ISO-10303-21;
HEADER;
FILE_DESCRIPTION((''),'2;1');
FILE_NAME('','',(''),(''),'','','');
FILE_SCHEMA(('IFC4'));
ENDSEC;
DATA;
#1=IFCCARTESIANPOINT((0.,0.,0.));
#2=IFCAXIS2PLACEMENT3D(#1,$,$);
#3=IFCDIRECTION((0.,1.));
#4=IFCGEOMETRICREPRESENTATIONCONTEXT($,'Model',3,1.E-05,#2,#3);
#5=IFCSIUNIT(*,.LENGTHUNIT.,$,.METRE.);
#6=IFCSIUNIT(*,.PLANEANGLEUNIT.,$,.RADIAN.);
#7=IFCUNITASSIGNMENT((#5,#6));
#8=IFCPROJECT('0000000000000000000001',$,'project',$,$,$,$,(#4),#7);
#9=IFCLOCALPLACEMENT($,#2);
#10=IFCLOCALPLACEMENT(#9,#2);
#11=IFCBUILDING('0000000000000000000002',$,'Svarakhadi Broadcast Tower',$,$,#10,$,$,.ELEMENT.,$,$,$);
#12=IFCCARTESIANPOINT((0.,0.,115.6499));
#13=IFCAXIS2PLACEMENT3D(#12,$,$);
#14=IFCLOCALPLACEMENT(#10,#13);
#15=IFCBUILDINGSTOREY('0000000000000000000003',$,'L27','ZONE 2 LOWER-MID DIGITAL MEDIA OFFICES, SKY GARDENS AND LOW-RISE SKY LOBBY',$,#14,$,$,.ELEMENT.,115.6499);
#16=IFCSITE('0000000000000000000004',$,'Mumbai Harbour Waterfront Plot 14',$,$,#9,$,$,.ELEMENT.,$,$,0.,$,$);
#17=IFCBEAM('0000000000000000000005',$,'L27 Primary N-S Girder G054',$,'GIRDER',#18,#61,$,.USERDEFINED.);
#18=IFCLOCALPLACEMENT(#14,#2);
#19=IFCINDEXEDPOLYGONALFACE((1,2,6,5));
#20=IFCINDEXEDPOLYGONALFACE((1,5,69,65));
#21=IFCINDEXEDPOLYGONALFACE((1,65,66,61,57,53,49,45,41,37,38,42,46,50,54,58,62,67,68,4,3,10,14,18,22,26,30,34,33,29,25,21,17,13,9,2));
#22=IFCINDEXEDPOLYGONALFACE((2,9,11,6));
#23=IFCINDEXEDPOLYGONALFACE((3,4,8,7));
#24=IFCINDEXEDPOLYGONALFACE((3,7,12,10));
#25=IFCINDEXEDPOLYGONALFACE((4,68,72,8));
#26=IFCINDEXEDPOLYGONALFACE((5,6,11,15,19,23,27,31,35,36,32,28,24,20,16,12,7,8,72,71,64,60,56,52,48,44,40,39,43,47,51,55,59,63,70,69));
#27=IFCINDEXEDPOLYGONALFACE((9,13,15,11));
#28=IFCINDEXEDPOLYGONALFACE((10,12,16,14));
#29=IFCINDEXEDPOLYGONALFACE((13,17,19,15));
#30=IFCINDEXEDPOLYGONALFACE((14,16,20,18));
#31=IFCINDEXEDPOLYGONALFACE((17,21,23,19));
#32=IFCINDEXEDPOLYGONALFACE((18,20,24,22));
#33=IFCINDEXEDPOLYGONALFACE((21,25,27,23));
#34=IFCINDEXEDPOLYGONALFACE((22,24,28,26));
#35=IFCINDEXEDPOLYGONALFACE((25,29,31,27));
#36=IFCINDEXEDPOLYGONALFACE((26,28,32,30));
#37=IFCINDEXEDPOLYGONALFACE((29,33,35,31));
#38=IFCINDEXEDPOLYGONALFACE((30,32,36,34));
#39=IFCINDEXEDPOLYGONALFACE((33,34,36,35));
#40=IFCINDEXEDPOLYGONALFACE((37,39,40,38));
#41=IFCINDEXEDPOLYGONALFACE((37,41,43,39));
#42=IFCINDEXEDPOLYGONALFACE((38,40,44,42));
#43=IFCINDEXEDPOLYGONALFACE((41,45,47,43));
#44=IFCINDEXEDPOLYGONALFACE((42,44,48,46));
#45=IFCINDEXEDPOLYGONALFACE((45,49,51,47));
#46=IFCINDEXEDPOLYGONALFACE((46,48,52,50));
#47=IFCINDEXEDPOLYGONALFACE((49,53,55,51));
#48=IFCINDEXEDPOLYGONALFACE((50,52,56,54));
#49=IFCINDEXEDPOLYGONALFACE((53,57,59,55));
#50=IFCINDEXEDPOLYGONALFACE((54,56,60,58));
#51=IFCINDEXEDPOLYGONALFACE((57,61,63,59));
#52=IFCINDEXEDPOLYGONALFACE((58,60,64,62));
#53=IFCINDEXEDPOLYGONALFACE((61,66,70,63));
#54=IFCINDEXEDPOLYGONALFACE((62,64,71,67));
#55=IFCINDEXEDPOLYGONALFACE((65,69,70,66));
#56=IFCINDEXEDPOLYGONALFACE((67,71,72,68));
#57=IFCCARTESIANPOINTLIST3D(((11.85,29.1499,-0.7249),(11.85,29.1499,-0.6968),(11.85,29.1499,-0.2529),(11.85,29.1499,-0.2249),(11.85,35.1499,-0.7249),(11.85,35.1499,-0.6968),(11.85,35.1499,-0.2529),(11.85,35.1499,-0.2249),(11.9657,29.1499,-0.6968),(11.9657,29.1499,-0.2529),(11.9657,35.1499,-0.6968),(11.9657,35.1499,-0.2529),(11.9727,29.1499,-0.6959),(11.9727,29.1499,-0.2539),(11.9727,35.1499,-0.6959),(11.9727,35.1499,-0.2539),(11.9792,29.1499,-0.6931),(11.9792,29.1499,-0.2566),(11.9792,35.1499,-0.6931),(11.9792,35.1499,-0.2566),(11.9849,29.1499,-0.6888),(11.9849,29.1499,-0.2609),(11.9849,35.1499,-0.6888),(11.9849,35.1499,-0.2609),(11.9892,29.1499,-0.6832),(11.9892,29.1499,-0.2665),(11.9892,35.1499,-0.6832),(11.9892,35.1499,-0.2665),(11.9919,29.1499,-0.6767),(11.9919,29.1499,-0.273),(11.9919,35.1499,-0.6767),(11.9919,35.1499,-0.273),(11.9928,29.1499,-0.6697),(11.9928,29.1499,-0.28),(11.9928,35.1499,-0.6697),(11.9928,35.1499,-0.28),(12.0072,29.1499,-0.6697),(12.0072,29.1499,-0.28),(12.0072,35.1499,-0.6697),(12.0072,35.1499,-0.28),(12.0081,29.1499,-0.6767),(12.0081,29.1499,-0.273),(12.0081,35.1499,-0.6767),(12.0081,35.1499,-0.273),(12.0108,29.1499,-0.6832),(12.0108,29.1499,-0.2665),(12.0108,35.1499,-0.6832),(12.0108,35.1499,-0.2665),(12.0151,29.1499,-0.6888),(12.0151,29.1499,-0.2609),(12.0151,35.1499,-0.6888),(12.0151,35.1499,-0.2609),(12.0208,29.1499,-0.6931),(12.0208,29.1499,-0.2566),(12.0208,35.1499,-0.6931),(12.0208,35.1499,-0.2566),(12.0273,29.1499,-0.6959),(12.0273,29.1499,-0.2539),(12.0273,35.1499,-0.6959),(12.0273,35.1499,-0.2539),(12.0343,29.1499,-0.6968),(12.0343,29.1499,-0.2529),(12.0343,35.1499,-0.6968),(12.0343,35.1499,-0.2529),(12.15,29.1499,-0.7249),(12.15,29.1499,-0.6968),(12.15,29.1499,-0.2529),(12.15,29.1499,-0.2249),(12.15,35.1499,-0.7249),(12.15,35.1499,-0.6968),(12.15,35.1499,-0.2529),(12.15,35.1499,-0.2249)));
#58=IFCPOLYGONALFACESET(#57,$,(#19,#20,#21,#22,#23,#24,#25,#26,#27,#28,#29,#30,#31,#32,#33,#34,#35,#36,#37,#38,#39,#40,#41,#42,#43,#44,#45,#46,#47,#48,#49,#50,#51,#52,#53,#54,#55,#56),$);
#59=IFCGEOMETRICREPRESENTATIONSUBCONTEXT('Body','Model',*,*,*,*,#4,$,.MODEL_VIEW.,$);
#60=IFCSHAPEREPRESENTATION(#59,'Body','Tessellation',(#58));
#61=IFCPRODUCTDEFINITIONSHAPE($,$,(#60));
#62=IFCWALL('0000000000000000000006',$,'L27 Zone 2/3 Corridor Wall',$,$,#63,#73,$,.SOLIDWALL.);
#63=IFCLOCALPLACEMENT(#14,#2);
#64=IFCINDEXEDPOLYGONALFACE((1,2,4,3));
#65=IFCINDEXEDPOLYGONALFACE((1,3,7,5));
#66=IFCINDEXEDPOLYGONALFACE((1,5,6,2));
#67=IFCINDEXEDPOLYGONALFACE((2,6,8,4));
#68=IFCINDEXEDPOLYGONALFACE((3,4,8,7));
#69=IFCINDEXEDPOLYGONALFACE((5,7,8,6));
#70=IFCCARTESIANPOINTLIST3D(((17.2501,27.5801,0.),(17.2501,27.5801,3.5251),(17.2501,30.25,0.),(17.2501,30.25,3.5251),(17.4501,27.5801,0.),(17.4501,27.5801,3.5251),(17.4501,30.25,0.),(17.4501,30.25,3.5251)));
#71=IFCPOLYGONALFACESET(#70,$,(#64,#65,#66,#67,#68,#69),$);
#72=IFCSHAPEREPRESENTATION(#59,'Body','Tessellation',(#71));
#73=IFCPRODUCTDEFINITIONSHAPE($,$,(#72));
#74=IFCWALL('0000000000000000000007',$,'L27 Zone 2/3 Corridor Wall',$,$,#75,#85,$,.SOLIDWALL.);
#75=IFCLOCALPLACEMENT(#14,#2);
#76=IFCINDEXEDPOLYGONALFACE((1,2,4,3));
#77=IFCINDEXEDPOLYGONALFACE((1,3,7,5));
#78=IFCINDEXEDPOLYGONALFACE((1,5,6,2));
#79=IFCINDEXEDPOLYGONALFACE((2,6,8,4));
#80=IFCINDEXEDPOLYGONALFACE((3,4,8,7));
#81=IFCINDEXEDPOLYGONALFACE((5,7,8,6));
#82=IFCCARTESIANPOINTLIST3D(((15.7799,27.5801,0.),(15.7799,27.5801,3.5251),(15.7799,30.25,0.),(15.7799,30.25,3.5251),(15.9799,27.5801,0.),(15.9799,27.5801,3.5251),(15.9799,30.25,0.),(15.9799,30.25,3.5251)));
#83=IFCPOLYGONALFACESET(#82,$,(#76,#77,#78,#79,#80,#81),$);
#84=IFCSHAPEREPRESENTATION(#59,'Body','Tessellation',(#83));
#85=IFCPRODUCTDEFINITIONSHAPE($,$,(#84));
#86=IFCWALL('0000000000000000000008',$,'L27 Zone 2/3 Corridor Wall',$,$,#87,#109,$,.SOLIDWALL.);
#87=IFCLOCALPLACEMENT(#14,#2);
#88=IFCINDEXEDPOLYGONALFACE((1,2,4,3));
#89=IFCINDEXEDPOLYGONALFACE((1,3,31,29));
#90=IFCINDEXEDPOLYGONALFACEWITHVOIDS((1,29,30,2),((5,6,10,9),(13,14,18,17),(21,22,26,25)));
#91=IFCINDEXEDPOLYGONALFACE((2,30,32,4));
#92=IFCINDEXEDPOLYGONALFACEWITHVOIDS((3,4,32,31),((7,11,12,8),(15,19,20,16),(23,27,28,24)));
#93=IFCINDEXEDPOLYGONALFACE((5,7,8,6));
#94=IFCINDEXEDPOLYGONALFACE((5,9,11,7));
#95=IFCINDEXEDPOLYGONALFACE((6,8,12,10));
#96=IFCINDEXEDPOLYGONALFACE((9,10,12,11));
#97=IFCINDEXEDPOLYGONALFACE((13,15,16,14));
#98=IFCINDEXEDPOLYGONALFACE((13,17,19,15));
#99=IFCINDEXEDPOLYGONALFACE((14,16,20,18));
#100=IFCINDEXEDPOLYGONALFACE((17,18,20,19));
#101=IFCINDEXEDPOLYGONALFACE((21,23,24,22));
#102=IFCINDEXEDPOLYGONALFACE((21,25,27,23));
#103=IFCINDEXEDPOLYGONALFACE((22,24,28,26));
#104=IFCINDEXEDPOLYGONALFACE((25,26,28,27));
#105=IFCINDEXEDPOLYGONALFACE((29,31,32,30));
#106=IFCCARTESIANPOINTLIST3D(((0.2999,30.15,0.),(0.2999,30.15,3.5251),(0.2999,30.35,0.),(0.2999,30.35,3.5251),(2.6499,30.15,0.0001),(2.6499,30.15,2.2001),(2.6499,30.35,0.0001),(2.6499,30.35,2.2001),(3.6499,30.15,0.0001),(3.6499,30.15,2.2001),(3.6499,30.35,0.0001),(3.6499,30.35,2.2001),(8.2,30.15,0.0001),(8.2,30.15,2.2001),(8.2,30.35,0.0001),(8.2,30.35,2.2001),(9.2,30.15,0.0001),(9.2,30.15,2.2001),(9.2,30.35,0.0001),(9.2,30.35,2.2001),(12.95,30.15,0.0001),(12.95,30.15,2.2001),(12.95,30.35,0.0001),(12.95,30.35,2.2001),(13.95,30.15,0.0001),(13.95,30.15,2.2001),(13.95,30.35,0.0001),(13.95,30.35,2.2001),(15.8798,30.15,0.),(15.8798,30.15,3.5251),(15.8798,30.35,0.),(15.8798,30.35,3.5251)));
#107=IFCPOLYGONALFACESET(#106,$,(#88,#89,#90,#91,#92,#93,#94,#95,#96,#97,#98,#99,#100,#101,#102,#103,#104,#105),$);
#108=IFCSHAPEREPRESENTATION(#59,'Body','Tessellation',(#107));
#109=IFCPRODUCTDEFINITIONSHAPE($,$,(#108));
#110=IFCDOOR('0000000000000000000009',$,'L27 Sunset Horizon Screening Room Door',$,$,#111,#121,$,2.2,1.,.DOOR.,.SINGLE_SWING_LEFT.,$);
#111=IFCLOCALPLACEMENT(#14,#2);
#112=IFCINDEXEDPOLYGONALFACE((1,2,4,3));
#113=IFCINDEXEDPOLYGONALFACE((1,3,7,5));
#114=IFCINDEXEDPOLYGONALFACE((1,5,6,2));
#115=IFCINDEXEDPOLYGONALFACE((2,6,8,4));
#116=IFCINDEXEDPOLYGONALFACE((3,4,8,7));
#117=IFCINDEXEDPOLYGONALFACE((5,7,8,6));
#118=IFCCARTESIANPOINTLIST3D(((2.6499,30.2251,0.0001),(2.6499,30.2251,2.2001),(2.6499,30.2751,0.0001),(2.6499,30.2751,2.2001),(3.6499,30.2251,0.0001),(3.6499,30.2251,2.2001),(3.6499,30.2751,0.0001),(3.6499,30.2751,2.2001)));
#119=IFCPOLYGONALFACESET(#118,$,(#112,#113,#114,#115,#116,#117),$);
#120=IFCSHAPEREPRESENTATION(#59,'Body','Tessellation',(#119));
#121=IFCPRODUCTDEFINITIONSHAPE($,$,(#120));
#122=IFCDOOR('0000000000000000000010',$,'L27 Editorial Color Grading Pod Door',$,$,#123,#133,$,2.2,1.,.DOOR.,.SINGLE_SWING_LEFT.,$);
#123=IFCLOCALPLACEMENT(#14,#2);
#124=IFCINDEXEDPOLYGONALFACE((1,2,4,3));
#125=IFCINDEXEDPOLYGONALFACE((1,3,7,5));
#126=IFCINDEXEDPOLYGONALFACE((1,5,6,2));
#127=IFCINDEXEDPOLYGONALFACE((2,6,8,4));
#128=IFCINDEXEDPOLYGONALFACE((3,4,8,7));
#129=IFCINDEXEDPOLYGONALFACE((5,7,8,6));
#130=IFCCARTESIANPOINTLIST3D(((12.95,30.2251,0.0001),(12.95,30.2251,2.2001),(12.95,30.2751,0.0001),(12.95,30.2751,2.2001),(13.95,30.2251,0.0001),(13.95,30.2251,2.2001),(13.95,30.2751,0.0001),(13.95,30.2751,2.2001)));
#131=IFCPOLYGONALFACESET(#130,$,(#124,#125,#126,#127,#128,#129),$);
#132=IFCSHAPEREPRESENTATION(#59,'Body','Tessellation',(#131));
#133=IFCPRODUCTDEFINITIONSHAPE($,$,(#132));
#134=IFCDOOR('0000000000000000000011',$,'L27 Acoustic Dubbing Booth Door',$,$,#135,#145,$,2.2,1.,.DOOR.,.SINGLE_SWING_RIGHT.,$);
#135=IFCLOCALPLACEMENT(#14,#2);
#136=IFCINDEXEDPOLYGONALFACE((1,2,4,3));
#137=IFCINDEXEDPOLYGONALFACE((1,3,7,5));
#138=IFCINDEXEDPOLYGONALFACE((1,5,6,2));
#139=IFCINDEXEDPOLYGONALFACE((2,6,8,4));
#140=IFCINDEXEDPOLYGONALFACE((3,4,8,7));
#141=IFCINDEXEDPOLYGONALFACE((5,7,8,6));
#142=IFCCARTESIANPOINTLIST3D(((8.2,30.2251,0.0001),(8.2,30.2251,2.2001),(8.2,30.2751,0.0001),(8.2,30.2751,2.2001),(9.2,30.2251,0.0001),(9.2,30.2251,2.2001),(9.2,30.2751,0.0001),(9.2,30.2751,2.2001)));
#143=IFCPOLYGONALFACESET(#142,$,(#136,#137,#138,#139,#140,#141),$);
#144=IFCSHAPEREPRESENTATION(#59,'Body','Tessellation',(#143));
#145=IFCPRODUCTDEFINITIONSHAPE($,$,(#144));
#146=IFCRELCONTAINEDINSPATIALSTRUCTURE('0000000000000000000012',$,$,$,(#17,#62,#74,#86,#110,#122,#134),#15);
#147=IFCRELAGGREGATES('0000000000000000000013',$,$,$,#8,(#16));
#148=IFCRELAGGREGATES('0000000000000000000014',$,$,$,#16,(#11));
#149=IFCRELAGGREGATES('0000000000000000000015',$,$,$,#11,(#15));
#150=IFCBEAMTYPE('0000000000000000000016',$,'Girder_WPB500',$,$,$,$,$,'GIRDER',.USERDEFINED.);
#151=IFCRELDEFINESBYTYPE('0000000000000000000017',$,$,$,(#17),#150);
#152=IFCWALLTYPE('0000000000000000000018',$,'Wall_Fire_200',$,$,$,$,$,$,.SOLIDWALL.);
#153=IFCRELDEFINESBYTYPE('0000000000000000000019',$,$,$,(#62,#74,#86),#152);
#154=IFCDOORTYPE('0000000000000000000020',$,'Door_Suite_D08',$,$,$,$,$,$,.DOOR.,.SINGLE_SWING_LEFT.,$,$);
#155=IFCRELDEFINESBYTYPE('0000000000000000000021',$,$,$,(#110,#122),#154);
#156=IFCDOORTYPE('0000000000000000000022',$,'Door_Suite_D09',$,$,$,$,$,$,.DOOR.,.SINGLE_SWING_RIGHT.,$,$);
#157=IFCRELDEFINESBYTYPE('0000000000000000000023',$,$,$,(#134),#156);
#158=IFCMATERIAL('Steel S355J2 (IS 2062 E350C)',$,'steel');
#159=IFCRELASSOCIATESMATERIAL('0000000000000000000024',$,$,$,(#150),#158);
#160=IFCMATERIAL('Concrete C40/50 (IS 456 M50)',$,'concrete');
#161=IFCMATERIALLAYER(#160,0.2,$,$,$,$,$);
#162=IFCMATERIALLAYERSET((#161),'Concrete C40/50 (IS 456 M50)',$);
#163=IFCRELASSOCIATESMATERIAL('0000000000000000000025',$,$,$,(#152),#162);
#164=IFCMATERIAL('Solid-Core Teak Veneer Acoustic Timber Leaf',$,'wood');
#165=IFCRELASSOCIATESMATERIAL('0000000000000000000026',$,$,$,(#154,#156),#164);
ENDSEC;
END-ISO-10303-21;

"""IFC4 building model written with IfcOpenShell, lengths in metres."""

from ifc_helpers import new_model, si_unit, direction, frame, frame_2d, origin, origin_2d, place, context, subcontext, project, spatial, rectangle, i_section, extrude, material, layer, layer_set, material_profile, profile_set, type_object, element, fill, save


model = new_model("IFC4")

# Units and contexts
model_context = context("Model", 3, precision=1e-05, world=origin(), true_north=direction((0.0, 1.0)))
body_context = subcontext(model_context, "Body", "Model", "MODEL_VIEW")
ifc_project = project(units=[si_unit("LENGTHUNIT", "METRE"), si_unit("PLANEANGLEUNIT", "RADIAN")], contexts=[model_context])

# Site, building, storey
site_placement = place(None, origin())
site = spatial("IfcSite", under=ifc_project, at=site_placement, Name="Mumbai Harbour Waterfront Plot 14", CompositionType="ELEMENT", RefElevation=0.0)
building_placement = place(site_placement, origin())
building = spatial("IfcBuilding", under=site, at=building_placement, Name="Svarakhadi Broadcast Tower", CompositionType="ELEMENT")
storey_placement = place(building_placement, frame((0.0, 0.0, 115.6499)))
storey = spatial("IfcBuildingStorey", under=building, at=storey_placement, Name="L27", Description="ZONE 2 LOWER-MID DIGITAL MEDIA OFFICES, SKY GARDENS AND LOW-RISE SKY LOBBY", CompositionType="ELEMENT", Elevation=115.6499)

# Beam
ifc_material_1 = material(Name="Steel S355J2 (IS 2062 E350C)", Category="steel")
ifc_material_profile_1 = material_profile(ifc_material_1, i_section(OverallWidth=0.3, OverallDepth=0.5, WebThickness=0.0144, FlangeThickness=0.0281, FilletRadius=0.0271, at=origin_2d()), Name="WPB 500x300x187")
ifc_profile_set_1 = profile_set([ifc_material_profile_1], Name="Steel S355J2 (IS 2062 E350C)")
beam_type_1 = type_object("IfcBeamType", Name="Girder_WPB500", ElementType="GIRDER", PredefinedType="USERDEFINED", material=ifc_profile_set_1)
for number, where, z_axis, x_axis, name in (
    (1, (12.0, 29.1499, -0.4749), (0.0, 1.0, 0.0), (-1.0, 0.0, 0.0), "L27 Primary N-S Girder G054"),
):
    element("IfcBeam", number, at=place(storey_placement, frame(where, z_axis=z_axis, x_axis=x_axis)), inside=storey, type_object=beam_type_1, Name=name, ObjectType="GIRDER", PredefinedType="USERDEFINED", context=body_context, shape_type="SweptSolid", body=[
        extrude(i_section(OverallWidth=0.3, OverallDepth=0.5, WebThickness=0.0144, FlangeThickness=0.0281, FilletRadius=0.0271, at=origin_2d()), origin(), (0.0, 0.0, 1.0), 6.0),
    ])

# Walls
ifc_material_2 = material(Name="Concrete C40/50 (IS 456 M50)", Category="concrete")
ifc_layer_1 = layer(ifc_material_2, 0.2)
ifc_layer_set_1 = layer_set([ifc_layer_1], Name="Concrete C40/50 (IS 456 M50)")
wall_type_1 = type_object("IfcWallType", Name="Wall_Fire_200", PredefinedType="SOLIDWALL", material=ifc_layer_set_1)
for number, where, z_axis, x_axis, name in (
    (2, (17.3501, 30.25, 0.0), (0.0, 0.0, 1.0), (0.0, -1.0, 0.0), "L27 Zone 2/3 Corridor Wall"),
    (3, (15.8799, 27.5801, 0.0), (0.0, 0.0, 1.0), (0.0, 1.0, 0.0), "L27 Zone 2/3 Corridor Wall"),
):
    element("IfcWall", number, at=place(storey_placement, frame(where, z_axis=z_axis, x_axis=x_axis)), inside=storey, type_object=wall_type_1, Name=name, PredefinedType="SOLIDWALL", context=body_context, shape_type="SweptSolid", body=[
        extrude(rectangle(XDim=2.6699, YDim=0.2, at=frame_2d((1.335, 0.0))), origin(), (0.0, 0.0, 1.0), 3.5251),
    ])

# Wall, openings, doors
wall_1_placement = place(storey_placement, frame((15.8799, 30.25, 0.0), z_axis=(0.0, 0.0, 1.0), x_axis=(-1.0, 0.0, 0.0)))
wall_1 = element("IfcWall", 4, at=wall_1_placement, inside=storey, type_object=wall_type_1, Name="L27 Zone 2/3 Corridor Wall", PredefinedType="SOLIDWALL", context=body_context, shape_type="SweptSolid", body=[
    extrude(rectangle(XDim=15.5798, YDim=0.2, at=frame_2d((7.79, 0.0))), origin(), (0.0, 0.0, 1.0), 3.5251),
])
opening_1_placement = place(wall_1_placement, frame((12.23, 0.0, 0.0)))
opening_1 = element("IfcOpeningElement", 5, at=opening_1_placement, cuts=wall_1, PredefinedType="OPENING", context=body_context, shape_type="SweptSolid", body=[
    extrude(rectangle(XDim=1.0, YDim=2.2, at=frame_2d((0.5, 1.1001))), frame((0.0, 0.1099, 0.0), z_axis=(0.0, -1.0, 0.0), x_axis=(1.0, 0.0, 0.0)), (0.0, 0.0, 1.0), 0.22),
])
opening_2_placement = place(wall_1_placement, frame((6.6799, 0.0, 0.0)))
opening_2 = element("IfcOpeningElement", 6, at=opening_2_placement, cuts=wall_1, PredefinedType="OPENING", context=body_context, shape_type="SweptSolid", body=[
    extrude(rectangle(XDim=1.0, YDim=2.2, at=frame_2d((0.5, 1.1001))), frame((0.0, 0.1099, 0.0), z_axis=(0.0, -1.0, 0.0), x_axis=(1.0, 0.0, 0.0)), (0.0, 0.0, 1.0), 0.22),
])
opening_3_placement = place(wall_1_placement, frame((1.9299, 0.0, 0.0)))
opening_3 = element("IfcOpeningElement", 7, at=opening_3_placement, cuts=wall_1, PredefinedType="OPENING", context=body_context, shape_type="SweptSolid", body=[
    extrude(rectangle(XDim=1.0, YDim=2.2, at=frame_2d((0.5, 1.1001))), frame((0.0, 0.1099, 0.0), z_axis=(0.0, -1.0, 0.0), x_axis=(1.0, 0.0, 0.0)), (0.0, 0.0, 1.0), 0.22),
])
ifc_material_3 = material(Name="Solid-Core Teak Veneer Acoustic Timber Leaf", Category="wood")
door_type_1 = type_object("IfcDoorType", Name="Door_Suite_D08", OperationType="SINGLE_SWING_LEFT", PredefinedType="DOOR", material=ifc_material_3)
door_1_placement = place(opening_1_placement, origin())
door_1 = element("IfcDoor", 8, at=door_1_placement, inside=storey, type_object=door_type_1, Name="L27 Sunset Horizon Screening Room Door", OperationType="SINGLE_SWING_LEFT", OverallHeight=2.2, OverallWidth=1.0, PredefinedType="DOOR", context=body_context, shape_type="SweptSolid", body=[
    extrude(rectangle(XDim=1.0, YDim=2.2, at=frame_2d((0.5, 1.1001))), frame((0.0, 0.0249, 0.0), z_axis=(0.0, -1.0, 0.0), x_axis=(1.0, 0.0, 0.0)), (0.0, 0.0, 1.0), 0.05),
])
fill(opening_1, door_1)
door_2_placement = place(opening_3_placement, origin())
door_2 = element("IfcDoor", 9, at=door_2_placement, inside=storey, type_object=door_type_1, Name="L27 Editorial Color Grading Pod Door", OperationType="SINGLE_SWING_LEFT", OverallHeight=2.2, OverallWidth=1.0, PredefinedType="DOOR", context=body_context, shape_type="SweptSolid", body=[
    extrude(rectangle(XDim=1.0, YDim=2.2, at=frame_2d((0.5, 1.1001))), frame((0.0, 0.0249, 0.0), z_axis=(0.0, -1.0, 0.0), x_axis=(1.0, 0.0, 0.0)), (0.0, 0.0, 1.0), 0.05),
])
fill(opening_3, door_2)
door_type_2 = type_object("IfcDoorType", Name="Door_Suite_D09", OperationType="SINGLE_SWING_RIGHT", PredefinedType="DOOR", material=ifc_material_3)
door_3_placement = place(opening_2_placement, origin())
door_3 = element("IfcDoor", 10, at=door_3_placement, inside=storey, type_object=door_type_2, Name="L27 Acoustic Dubbing Booth Door", OperationType="SINGLE_SWING_RIGHT", OverallHeight=2.2, OverallWidth=1.0, PredefinedType="DOOR", context=body_context, shape_type="SweptSolid", body=[
    extrude(rectangle(XDim=1.0, YDim=2.2, at=frame_2d((0.5, 1.1001))), frame((0.0, 0.0249, 0.0), z_axis=(0.0, -1.0, 0.0), x_axis=(1.0, 0.0, 0.0)), (0.0, 0.0, 1.0), 0.05),
])
fill(opening_2, door_3)

save(model, "model.ifc")
